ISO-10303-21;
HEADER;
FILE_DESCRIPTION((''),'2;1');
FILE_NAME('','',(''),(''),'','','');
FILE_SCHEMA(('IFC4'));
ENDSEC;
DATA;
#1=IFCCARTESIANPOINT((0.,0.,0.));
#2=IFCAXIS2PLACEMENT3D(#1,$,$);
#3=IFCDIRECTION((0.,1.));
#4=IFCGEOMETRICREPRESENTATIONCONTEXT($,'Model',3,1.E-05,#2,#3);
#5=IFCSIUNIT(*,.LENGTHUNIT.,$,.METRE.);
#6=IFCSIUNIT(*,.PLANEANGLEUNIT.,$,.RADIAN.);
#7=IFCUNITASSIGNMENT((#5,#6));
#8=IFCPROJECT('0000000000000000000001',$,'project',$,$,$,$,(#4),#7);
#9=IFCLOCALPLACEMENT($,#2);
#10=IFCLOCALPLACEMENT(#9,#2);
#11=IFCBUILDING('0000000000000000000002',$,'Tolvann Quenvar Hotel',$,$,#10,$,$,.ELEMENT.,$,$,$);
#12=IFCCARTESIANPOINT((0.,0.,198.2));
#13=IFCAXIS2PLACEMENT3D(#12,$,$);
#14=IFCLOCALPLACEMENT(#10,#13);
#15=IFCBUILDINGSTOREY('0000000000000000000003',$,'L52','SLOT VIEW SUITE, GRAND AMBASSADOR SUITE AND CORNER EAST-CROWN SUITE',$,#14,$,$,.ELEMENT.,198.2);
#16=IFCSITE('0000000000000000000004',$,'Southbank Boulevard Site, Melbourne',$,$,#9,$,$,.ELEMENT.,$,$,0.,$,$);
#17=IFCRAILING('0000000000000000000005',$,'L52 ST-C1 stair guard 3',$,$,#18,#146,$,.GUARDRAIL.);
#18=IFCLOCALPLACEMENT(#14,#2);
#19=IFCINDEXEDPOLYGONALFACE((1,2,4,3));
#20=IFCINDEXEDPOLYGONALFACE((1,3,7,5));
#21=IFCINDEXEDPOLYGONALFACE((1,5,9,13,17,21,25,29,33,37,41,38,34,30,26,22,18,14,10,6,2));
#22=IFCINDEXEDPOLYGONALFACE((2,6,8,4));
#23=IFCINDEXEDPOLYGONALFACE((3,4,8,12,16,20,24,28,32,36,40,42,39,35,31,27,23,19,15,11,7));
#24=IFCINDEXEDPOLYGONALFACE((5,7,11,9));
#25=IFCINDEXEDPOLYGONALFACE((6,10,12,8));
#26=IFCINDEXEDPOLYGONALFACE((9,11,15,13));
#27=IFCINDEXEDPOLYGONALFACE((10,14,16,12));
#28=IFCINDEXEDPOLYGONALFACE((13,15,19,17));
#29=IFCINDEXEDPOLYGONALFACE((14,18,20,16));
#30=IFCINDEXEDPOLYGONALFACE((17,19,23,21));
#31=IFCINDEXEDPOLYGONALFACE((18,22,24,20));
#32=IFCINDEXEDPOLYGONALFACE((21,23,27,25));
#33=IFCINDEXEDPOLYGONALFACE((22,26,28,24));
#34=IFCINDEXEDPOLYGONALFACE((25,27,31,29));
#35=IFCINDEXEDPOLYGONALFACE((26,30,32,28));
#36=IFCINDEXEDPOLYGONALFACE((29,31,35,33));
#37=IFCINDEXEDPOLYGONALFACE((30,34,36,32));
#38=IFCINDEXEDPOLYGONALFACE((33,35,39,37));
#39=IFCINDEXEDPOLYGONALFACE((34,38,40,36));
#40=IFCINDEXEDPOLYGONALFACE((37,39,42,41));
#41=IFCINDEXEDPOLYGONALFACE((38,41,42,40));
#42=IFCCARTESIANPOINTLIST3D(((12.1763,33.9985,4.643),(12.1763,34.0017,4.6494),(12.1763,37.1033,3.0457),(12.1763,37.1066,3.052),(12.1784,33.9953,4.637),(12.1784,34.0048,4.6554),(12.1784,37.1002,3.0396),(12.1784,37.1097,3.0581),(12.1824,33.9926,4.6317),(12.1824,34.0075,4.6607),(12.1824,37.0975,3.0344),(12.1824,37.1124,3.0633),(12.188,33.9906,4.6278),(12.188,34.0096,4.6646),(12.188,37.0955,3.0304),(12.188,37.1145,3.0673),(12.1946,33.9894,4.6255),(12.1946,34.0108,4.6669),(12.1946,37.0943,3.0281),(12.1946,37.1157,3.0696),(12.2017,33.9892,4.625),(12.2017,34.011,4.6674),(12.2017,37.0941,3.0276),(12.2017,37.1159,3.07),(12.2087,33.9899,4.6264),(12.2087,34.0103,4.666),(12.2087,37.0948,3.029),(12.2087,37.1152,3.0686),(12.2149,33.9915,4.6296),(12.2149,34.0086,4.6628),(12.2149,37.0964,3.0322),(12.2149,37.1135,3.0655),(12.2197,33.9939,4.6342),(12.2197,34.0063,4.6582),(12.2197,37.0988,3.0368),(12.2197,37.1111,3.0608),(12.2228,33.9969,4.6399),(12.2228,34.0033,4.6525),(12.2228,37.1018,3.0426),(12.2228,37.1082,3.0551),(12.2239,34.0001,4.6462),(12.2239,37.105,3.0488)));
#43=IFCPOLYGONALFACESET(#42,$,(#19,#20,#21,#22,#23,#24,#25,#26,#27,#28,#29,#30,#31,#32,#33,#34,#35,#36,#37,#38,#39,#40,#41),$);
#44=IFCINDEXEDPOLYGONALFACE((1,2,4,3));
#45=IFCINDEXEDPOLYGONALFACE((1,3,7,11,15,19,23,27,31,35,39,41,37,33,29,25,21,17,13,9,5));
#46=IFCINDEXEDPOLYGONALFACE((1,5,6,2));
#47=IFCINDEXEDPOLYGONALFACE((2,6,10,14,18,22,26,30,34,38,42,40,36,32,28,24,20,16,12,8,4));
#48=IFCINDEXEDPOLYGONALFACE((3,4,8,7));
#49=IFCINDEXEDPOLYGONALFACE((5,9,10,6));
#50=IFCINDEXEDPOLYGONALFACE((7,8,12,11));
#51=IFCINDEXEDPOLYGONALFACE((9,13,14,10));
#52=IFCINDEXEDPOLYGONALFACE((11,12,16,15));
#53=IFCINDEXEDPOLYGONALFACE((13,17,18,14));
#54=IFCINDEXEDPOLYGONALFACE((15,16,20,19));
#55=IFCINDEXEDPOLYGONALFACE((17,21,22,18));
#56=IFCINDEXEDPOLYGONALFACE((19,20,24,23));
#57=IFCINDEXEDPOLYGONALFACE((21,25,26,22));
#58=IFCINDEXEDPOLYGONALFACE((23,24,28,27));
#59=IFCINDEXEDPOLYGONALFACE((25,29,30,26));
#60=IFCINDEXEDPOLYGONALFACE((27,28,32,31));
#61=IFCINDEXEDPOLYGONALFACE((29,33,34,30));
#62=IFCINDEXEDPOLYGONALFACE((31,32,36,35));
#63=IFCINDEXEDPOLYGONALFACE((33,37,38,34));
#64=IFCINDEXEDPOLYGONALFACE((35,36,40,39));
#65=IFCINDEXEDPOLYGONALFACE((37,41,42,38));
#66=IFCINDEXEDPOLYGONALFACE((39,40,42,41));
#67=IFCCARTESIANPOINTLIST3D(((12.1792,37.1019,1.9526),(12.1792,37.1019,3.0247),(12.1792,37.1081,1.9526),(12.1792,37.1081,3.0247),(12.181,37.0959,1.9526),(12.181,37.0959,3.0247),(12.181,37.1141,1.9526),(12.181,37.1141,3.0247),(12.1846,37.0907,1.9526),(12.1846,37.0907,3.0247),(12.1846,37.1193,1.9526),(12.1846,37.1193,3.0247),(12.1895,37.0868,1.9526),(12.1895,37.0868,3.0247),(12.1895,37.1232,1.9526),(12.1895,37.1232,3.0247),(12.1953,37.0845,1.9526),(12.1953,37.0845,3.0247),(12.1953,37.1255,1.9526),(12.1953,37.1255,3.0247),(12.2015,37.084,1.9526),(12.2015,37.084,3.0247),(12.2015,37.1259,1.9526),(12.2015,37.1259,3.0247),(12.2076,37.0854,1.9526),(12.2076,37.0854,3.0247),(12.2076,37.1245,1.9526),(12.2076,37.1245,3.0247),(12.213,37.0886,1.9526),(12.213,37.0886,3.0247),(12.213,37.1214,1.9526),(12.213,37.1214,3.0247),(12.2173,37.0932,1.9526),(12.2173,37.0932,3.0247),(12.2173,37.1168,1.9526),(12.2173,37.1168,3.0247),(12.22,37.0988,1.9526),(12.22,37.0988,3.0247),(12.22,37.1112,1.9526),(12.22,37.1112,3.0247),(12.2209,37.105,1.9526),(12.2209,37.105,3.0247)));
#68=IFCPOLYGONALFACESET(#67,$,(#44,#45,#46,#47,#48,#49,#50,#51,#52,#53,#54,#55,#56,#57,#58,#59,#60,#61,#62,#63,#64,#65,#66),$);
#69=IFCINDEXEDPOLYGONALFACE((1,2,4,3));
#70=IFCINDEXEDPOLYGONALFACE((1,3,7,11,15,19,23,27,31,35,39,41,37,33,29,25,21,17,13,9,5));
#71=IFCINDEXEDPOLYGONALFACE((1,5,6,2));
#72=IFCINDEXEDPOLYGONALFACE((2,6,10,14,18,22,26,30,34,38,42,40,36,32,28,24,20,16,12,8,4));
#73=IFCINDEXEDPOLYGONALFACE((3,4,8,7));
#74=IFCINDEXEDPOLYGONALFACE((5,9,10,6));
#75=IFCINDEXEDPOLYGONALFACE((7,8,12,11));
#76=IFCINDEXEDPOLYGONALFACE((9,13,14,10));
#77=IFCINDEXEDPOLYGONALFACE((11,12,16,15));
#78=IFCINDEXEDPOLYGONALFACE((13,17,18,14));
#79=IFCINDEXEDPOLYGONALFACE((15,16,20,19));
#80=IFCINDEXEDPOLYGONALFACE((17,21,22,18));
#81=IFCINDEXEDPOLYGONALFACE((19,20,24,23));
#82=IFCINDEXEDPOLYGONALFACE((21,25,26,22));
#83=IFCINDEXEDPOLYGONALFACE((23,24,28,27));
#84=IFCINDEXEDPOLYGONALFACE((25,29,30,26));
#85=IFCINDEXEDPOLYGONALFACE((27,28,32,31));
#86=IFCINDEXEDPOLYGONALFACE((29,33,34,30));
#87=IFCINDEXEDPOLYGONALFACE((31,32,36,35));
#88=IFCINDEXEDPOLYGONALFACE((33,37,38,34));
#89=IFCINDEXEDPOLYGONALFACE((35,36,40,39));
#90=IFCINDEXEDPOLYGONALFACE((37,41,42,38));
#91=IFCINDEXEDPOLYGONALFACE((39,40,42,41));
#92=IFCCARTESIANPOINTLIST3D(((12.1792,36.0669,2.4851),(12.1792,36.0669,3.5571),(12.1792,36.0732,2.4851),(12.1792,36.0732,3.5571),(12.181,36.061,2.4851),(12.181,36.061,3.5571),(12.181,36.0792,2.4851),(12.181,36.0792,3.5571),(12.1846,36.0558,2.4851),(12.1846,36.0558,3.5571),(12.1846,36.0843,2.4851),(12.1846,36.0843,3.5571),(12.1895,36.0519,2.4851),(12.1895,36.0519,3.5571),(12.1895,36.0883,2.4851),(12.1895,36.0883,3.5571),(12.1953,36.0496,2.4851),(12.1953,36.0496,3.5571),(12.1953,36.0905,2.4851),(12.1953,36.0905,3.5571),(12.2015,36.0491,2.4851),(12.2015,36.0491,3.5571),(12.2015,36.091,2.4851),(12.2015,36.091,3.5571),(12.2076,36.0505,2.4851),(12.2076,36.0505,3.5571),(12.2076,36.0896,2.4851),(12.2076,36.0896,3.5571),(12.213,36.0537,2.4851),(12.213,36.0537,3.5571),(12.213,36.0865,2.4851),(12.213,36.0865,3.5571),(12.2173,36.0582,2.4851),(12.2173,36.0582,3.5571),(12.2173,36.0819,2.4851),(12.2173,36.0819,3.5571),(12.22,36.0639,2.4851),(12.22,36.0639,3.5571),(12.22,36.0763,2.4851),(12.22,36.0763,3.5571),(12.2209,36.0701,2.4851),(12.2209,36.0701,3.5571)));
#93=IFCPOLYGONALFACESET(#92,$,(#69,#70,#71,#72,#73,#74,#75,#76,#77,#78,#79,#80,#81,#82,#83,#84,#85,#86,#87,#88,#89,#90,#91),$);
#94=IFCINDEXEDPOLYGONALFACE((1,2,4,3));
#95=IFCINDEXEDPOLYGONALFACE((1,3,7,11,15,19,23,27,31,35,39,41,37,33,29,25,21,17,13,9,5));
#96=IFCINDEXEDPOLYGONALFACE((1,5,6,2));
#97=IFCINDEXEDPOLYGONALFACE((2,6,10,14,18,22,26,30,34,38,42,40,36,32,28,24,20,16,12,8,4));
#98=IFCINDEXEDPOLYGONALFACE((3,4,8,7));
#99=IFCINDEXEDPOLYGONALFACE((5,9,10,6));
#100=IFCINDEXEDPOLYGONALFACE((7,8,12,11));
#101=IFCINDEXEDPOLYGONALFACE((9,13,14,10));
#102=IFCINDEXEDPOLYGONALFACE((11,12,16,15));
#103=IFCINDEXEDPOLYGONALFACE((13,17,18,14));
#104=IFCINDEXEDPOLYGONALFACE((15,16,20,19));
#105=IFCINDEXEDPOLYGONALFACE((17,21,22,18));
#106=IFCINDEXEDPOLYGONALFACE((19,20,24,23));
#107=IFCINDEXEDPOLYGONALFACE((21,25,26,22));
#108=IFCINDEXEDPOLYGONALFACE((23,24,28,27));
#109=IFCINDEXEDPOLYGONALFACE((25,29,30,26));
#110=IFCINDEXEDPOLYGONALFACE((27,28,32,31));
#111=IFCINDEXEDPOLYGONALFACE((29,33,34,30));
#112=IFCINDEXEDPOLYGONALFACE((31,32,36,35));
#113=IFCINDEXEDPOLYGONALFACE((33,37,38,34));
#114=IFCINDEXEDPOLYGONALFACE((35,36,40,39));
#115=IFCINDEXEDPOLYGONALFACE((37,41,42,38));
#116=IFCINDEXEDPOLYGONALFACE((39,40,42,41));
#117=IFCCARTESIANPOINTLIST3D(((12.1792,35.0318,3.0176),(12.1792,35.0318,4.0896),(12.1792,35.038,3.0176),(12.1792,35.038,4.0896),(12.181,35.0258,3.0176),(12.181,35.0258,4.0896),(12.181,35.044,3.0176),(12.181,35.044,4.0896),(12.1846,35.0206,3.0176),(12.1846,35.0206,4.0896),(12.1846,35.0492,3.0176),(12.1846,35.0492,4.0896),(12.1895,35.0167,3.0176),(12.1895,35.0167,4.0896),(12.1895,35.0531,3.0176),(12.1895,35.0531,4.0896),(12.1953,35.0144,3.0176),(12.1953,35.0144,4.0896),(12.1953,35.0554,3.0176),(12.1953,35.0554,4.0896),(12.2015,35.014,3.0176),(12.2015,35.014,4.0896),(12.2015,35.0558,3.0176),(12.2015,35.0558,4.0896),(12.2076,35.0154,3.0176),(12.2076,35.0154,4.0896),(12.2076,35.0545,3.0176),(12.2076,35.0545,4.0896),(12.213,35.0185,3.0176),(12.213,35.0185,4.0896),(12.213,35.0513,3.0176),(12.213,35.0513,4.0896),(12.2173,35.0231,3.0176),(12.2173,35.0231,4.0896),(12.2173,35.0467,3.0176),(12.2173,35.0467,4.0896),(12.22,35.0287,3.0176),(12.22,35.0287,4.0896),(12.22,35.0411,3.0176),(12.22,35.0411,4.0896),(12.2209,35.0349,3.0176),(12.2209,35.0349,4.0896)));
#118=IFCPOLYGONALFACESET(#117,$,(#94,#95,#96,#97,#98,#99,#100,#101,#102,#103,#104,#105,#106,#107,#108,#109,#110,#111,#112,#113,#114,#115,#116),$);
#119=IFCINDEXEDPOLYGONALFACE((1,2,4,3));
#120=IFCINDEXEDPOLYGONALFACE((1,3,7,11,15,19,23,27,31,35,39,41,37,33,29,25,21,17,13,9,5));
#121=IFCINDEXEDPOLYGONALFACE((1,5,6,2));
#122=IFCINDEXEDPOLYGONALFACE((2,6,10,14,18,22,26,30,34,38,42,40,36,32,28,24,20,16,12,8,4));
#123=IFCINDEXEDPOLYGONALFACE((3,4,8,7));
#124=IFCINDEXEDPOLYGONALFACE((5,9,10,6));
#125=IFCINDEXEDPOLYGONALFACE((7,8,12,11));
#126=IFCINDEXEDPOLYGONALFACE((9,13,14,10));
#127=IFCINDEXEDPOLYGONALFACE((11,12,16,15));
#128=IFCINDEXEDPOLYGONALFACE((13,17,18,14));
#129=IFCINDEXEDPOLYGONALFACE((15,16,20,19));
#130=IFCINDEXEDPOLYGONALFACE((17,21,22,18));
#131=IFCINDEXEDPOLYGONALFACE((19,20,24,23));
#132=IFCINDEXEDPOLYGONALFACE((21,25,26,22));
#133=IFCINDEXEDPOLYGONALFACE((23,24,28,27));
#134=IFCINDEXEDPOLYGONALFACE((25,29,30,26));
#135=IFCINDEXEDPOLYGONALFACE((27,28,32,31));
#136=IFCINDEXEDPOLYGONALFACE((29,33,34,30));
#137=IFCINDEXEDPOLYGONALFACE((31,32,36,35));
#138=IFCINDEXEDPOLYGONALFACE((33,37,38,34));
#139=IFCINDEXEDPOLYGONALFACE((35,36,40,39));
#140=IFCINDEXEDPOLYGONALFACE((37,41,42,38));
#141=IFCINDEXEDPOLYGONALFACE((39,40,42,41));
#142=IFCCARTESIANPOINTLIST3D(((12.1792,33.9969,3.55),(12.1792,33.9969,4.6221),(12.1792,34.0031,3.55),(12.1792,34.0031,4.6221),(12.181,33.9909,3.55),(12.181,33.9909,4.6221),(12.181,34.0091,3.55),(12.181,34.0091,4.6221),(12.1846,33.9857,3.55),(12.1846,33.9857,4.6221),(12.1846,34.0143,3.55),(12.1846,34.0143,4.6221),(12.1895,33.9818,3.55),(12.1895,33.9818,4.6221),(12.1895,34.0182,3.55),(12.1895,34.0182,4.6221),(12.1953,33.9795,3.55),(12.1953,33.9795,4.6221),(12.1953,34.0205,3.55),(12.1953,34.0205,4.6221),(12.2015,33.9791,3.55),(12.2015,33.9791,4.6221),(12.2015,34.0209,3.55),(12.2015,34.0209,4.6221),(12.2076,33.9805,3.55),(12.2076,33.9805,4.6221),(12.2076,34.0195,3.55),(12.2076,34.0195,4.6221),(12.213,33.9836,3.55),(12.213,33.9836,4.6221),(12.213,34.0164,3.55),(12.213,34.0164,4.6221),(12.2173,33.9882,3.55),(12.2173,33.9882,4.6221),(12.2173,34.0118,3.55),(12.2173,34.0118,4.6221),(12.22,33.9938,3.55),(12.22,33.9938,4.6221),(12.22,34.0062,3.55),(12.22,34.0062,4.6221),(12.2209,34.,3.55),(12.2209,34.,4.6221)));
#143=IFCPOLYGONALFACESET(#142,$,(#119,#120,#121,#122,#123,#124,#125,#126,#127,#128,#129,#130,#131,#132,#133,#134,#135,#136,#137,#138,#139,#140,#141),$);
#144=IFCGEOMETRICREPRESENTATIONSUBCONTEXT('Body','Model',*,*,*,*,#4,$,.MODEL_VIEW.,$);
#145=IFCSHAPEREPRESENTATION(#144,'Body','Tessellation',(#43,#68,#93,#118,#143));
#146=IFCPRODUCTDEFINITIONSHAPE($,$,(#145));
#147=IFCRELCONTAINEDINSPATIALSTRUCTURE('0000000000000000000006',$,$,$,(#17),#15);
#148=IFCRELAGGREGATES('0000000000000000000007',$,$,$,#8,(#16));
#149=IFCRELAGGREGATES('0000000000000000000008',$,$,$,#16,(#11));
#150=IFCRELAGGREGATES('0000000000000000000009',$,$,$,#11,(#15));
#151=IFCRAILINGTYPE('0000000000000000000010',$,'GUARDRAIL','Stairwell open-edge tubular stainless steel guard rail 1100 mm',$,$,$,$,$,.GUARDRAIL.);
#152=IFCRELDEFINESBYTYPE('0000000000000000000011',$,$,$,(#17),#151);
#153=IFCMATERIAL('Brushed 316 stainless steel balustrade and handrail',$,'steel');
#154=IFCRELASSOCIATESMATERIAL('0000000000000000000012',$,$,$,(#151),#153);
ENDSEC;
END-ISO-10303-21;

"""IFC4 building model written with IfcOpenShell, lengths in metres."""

from ifc_helpers import new_model, si_unit, direction, frame, origin, origin_2d, place, context, subcontext, project, spatial, circle, extrude, material, type_object, element, save


model = new_model("IFC4")

# Units and contexts
model_context = context("Model", 3, precision=1e-05, world=origin(), true_north=direction((0.0, 1.0)))
body_context = subcontext(model_context, "Body", "Model", "MODEL_VIEW")
ifc_project = project(units=[si_unit("LENGTHUNIT", "METRE"), si_unit("PLANEANGLEUNIT", "RADIAN")], contexts=[model_context])

# Site, building, storey
site_placement = place(None, origin())
site = spatial("IfcSite", under=ifc_project, at=site_placement, Name="Southbank Boulevard Site, Melbourne", CompositionType="ELEMENT", RefElevation=0.0)
building_placement = place(site_placement, origin())
building = spatial("IfcBuilding", under=site, at=building_placement, Name="Tolvann Quenvar Hotel", CompositionType="ELEMENT")
storey_placement = place(building_placement, frame((0.0, 0.0, 198.2)))
storey = spatial("IfcBuildingStorey", under=building, at=storey_placement, Name="L52", Description="SLOT VIEW SUITE, GRAND AMBASSADOR SUITE AND CORNER EAST-CROWN SUITE", CompositionType="ELEMENT", Elevation=198.2)

# Railing
ifc_material_1 = material(Name="Brushed 316 stainless steel balustrade and handrail", Category="steel")
railing_type_1 = type_object("IfcRailingType", Name="GUARDRAIL", Description="Stairwell open-edge tubular stainless steel guard rail 1100 mm", PredefinedType="GUARDRAIL", material=ifc_material_1)
railing_1_placement = place(storey_placement, frame((12.2, 37.105, 1.9526)))
element("IfcRailing", 1, at=railing_1_placement, inside=storey, type_object=railing_type_1, Name="L52 ST-C1 stair guard 3", PredefinedType="GUARDRAIL", context=body_context, shape_type="SweptSolid", body=[
    extrude(circle(Radius=0.0239, at=origin_2d()), frame((0.0, 0.0, 1.0962), z_axis=(0.0, -0.889222, 0.457476), x_axis=(1.0, 0.0, 0.0)), (0.0, 0.0, 1.0), 3.4917),
    extrude(circle(Radius=0.021, at=origin_2d()), origin(), (0.0, 0.0, 1.0), 1.072),
    extrude(circle(Radius=0.021, at=origin_2d()), frame((0.0, -1.0349, 0.5325)), (0.0, 0.0, 1.0), 1.072),
    extrude(circle(Radius=0.021, at=origin_2d()), frame((0.0, -2.0701, 1.0649)), (0.0, 0.0, 1.0), 1.072),
    extrude(circle(Radius=0.021, at=origin_2d()), frame((0.0, -3.105, 1.5974)), (0.0, 0.0, 1.0), 1.072),
])

save(model, "model.ifc")
